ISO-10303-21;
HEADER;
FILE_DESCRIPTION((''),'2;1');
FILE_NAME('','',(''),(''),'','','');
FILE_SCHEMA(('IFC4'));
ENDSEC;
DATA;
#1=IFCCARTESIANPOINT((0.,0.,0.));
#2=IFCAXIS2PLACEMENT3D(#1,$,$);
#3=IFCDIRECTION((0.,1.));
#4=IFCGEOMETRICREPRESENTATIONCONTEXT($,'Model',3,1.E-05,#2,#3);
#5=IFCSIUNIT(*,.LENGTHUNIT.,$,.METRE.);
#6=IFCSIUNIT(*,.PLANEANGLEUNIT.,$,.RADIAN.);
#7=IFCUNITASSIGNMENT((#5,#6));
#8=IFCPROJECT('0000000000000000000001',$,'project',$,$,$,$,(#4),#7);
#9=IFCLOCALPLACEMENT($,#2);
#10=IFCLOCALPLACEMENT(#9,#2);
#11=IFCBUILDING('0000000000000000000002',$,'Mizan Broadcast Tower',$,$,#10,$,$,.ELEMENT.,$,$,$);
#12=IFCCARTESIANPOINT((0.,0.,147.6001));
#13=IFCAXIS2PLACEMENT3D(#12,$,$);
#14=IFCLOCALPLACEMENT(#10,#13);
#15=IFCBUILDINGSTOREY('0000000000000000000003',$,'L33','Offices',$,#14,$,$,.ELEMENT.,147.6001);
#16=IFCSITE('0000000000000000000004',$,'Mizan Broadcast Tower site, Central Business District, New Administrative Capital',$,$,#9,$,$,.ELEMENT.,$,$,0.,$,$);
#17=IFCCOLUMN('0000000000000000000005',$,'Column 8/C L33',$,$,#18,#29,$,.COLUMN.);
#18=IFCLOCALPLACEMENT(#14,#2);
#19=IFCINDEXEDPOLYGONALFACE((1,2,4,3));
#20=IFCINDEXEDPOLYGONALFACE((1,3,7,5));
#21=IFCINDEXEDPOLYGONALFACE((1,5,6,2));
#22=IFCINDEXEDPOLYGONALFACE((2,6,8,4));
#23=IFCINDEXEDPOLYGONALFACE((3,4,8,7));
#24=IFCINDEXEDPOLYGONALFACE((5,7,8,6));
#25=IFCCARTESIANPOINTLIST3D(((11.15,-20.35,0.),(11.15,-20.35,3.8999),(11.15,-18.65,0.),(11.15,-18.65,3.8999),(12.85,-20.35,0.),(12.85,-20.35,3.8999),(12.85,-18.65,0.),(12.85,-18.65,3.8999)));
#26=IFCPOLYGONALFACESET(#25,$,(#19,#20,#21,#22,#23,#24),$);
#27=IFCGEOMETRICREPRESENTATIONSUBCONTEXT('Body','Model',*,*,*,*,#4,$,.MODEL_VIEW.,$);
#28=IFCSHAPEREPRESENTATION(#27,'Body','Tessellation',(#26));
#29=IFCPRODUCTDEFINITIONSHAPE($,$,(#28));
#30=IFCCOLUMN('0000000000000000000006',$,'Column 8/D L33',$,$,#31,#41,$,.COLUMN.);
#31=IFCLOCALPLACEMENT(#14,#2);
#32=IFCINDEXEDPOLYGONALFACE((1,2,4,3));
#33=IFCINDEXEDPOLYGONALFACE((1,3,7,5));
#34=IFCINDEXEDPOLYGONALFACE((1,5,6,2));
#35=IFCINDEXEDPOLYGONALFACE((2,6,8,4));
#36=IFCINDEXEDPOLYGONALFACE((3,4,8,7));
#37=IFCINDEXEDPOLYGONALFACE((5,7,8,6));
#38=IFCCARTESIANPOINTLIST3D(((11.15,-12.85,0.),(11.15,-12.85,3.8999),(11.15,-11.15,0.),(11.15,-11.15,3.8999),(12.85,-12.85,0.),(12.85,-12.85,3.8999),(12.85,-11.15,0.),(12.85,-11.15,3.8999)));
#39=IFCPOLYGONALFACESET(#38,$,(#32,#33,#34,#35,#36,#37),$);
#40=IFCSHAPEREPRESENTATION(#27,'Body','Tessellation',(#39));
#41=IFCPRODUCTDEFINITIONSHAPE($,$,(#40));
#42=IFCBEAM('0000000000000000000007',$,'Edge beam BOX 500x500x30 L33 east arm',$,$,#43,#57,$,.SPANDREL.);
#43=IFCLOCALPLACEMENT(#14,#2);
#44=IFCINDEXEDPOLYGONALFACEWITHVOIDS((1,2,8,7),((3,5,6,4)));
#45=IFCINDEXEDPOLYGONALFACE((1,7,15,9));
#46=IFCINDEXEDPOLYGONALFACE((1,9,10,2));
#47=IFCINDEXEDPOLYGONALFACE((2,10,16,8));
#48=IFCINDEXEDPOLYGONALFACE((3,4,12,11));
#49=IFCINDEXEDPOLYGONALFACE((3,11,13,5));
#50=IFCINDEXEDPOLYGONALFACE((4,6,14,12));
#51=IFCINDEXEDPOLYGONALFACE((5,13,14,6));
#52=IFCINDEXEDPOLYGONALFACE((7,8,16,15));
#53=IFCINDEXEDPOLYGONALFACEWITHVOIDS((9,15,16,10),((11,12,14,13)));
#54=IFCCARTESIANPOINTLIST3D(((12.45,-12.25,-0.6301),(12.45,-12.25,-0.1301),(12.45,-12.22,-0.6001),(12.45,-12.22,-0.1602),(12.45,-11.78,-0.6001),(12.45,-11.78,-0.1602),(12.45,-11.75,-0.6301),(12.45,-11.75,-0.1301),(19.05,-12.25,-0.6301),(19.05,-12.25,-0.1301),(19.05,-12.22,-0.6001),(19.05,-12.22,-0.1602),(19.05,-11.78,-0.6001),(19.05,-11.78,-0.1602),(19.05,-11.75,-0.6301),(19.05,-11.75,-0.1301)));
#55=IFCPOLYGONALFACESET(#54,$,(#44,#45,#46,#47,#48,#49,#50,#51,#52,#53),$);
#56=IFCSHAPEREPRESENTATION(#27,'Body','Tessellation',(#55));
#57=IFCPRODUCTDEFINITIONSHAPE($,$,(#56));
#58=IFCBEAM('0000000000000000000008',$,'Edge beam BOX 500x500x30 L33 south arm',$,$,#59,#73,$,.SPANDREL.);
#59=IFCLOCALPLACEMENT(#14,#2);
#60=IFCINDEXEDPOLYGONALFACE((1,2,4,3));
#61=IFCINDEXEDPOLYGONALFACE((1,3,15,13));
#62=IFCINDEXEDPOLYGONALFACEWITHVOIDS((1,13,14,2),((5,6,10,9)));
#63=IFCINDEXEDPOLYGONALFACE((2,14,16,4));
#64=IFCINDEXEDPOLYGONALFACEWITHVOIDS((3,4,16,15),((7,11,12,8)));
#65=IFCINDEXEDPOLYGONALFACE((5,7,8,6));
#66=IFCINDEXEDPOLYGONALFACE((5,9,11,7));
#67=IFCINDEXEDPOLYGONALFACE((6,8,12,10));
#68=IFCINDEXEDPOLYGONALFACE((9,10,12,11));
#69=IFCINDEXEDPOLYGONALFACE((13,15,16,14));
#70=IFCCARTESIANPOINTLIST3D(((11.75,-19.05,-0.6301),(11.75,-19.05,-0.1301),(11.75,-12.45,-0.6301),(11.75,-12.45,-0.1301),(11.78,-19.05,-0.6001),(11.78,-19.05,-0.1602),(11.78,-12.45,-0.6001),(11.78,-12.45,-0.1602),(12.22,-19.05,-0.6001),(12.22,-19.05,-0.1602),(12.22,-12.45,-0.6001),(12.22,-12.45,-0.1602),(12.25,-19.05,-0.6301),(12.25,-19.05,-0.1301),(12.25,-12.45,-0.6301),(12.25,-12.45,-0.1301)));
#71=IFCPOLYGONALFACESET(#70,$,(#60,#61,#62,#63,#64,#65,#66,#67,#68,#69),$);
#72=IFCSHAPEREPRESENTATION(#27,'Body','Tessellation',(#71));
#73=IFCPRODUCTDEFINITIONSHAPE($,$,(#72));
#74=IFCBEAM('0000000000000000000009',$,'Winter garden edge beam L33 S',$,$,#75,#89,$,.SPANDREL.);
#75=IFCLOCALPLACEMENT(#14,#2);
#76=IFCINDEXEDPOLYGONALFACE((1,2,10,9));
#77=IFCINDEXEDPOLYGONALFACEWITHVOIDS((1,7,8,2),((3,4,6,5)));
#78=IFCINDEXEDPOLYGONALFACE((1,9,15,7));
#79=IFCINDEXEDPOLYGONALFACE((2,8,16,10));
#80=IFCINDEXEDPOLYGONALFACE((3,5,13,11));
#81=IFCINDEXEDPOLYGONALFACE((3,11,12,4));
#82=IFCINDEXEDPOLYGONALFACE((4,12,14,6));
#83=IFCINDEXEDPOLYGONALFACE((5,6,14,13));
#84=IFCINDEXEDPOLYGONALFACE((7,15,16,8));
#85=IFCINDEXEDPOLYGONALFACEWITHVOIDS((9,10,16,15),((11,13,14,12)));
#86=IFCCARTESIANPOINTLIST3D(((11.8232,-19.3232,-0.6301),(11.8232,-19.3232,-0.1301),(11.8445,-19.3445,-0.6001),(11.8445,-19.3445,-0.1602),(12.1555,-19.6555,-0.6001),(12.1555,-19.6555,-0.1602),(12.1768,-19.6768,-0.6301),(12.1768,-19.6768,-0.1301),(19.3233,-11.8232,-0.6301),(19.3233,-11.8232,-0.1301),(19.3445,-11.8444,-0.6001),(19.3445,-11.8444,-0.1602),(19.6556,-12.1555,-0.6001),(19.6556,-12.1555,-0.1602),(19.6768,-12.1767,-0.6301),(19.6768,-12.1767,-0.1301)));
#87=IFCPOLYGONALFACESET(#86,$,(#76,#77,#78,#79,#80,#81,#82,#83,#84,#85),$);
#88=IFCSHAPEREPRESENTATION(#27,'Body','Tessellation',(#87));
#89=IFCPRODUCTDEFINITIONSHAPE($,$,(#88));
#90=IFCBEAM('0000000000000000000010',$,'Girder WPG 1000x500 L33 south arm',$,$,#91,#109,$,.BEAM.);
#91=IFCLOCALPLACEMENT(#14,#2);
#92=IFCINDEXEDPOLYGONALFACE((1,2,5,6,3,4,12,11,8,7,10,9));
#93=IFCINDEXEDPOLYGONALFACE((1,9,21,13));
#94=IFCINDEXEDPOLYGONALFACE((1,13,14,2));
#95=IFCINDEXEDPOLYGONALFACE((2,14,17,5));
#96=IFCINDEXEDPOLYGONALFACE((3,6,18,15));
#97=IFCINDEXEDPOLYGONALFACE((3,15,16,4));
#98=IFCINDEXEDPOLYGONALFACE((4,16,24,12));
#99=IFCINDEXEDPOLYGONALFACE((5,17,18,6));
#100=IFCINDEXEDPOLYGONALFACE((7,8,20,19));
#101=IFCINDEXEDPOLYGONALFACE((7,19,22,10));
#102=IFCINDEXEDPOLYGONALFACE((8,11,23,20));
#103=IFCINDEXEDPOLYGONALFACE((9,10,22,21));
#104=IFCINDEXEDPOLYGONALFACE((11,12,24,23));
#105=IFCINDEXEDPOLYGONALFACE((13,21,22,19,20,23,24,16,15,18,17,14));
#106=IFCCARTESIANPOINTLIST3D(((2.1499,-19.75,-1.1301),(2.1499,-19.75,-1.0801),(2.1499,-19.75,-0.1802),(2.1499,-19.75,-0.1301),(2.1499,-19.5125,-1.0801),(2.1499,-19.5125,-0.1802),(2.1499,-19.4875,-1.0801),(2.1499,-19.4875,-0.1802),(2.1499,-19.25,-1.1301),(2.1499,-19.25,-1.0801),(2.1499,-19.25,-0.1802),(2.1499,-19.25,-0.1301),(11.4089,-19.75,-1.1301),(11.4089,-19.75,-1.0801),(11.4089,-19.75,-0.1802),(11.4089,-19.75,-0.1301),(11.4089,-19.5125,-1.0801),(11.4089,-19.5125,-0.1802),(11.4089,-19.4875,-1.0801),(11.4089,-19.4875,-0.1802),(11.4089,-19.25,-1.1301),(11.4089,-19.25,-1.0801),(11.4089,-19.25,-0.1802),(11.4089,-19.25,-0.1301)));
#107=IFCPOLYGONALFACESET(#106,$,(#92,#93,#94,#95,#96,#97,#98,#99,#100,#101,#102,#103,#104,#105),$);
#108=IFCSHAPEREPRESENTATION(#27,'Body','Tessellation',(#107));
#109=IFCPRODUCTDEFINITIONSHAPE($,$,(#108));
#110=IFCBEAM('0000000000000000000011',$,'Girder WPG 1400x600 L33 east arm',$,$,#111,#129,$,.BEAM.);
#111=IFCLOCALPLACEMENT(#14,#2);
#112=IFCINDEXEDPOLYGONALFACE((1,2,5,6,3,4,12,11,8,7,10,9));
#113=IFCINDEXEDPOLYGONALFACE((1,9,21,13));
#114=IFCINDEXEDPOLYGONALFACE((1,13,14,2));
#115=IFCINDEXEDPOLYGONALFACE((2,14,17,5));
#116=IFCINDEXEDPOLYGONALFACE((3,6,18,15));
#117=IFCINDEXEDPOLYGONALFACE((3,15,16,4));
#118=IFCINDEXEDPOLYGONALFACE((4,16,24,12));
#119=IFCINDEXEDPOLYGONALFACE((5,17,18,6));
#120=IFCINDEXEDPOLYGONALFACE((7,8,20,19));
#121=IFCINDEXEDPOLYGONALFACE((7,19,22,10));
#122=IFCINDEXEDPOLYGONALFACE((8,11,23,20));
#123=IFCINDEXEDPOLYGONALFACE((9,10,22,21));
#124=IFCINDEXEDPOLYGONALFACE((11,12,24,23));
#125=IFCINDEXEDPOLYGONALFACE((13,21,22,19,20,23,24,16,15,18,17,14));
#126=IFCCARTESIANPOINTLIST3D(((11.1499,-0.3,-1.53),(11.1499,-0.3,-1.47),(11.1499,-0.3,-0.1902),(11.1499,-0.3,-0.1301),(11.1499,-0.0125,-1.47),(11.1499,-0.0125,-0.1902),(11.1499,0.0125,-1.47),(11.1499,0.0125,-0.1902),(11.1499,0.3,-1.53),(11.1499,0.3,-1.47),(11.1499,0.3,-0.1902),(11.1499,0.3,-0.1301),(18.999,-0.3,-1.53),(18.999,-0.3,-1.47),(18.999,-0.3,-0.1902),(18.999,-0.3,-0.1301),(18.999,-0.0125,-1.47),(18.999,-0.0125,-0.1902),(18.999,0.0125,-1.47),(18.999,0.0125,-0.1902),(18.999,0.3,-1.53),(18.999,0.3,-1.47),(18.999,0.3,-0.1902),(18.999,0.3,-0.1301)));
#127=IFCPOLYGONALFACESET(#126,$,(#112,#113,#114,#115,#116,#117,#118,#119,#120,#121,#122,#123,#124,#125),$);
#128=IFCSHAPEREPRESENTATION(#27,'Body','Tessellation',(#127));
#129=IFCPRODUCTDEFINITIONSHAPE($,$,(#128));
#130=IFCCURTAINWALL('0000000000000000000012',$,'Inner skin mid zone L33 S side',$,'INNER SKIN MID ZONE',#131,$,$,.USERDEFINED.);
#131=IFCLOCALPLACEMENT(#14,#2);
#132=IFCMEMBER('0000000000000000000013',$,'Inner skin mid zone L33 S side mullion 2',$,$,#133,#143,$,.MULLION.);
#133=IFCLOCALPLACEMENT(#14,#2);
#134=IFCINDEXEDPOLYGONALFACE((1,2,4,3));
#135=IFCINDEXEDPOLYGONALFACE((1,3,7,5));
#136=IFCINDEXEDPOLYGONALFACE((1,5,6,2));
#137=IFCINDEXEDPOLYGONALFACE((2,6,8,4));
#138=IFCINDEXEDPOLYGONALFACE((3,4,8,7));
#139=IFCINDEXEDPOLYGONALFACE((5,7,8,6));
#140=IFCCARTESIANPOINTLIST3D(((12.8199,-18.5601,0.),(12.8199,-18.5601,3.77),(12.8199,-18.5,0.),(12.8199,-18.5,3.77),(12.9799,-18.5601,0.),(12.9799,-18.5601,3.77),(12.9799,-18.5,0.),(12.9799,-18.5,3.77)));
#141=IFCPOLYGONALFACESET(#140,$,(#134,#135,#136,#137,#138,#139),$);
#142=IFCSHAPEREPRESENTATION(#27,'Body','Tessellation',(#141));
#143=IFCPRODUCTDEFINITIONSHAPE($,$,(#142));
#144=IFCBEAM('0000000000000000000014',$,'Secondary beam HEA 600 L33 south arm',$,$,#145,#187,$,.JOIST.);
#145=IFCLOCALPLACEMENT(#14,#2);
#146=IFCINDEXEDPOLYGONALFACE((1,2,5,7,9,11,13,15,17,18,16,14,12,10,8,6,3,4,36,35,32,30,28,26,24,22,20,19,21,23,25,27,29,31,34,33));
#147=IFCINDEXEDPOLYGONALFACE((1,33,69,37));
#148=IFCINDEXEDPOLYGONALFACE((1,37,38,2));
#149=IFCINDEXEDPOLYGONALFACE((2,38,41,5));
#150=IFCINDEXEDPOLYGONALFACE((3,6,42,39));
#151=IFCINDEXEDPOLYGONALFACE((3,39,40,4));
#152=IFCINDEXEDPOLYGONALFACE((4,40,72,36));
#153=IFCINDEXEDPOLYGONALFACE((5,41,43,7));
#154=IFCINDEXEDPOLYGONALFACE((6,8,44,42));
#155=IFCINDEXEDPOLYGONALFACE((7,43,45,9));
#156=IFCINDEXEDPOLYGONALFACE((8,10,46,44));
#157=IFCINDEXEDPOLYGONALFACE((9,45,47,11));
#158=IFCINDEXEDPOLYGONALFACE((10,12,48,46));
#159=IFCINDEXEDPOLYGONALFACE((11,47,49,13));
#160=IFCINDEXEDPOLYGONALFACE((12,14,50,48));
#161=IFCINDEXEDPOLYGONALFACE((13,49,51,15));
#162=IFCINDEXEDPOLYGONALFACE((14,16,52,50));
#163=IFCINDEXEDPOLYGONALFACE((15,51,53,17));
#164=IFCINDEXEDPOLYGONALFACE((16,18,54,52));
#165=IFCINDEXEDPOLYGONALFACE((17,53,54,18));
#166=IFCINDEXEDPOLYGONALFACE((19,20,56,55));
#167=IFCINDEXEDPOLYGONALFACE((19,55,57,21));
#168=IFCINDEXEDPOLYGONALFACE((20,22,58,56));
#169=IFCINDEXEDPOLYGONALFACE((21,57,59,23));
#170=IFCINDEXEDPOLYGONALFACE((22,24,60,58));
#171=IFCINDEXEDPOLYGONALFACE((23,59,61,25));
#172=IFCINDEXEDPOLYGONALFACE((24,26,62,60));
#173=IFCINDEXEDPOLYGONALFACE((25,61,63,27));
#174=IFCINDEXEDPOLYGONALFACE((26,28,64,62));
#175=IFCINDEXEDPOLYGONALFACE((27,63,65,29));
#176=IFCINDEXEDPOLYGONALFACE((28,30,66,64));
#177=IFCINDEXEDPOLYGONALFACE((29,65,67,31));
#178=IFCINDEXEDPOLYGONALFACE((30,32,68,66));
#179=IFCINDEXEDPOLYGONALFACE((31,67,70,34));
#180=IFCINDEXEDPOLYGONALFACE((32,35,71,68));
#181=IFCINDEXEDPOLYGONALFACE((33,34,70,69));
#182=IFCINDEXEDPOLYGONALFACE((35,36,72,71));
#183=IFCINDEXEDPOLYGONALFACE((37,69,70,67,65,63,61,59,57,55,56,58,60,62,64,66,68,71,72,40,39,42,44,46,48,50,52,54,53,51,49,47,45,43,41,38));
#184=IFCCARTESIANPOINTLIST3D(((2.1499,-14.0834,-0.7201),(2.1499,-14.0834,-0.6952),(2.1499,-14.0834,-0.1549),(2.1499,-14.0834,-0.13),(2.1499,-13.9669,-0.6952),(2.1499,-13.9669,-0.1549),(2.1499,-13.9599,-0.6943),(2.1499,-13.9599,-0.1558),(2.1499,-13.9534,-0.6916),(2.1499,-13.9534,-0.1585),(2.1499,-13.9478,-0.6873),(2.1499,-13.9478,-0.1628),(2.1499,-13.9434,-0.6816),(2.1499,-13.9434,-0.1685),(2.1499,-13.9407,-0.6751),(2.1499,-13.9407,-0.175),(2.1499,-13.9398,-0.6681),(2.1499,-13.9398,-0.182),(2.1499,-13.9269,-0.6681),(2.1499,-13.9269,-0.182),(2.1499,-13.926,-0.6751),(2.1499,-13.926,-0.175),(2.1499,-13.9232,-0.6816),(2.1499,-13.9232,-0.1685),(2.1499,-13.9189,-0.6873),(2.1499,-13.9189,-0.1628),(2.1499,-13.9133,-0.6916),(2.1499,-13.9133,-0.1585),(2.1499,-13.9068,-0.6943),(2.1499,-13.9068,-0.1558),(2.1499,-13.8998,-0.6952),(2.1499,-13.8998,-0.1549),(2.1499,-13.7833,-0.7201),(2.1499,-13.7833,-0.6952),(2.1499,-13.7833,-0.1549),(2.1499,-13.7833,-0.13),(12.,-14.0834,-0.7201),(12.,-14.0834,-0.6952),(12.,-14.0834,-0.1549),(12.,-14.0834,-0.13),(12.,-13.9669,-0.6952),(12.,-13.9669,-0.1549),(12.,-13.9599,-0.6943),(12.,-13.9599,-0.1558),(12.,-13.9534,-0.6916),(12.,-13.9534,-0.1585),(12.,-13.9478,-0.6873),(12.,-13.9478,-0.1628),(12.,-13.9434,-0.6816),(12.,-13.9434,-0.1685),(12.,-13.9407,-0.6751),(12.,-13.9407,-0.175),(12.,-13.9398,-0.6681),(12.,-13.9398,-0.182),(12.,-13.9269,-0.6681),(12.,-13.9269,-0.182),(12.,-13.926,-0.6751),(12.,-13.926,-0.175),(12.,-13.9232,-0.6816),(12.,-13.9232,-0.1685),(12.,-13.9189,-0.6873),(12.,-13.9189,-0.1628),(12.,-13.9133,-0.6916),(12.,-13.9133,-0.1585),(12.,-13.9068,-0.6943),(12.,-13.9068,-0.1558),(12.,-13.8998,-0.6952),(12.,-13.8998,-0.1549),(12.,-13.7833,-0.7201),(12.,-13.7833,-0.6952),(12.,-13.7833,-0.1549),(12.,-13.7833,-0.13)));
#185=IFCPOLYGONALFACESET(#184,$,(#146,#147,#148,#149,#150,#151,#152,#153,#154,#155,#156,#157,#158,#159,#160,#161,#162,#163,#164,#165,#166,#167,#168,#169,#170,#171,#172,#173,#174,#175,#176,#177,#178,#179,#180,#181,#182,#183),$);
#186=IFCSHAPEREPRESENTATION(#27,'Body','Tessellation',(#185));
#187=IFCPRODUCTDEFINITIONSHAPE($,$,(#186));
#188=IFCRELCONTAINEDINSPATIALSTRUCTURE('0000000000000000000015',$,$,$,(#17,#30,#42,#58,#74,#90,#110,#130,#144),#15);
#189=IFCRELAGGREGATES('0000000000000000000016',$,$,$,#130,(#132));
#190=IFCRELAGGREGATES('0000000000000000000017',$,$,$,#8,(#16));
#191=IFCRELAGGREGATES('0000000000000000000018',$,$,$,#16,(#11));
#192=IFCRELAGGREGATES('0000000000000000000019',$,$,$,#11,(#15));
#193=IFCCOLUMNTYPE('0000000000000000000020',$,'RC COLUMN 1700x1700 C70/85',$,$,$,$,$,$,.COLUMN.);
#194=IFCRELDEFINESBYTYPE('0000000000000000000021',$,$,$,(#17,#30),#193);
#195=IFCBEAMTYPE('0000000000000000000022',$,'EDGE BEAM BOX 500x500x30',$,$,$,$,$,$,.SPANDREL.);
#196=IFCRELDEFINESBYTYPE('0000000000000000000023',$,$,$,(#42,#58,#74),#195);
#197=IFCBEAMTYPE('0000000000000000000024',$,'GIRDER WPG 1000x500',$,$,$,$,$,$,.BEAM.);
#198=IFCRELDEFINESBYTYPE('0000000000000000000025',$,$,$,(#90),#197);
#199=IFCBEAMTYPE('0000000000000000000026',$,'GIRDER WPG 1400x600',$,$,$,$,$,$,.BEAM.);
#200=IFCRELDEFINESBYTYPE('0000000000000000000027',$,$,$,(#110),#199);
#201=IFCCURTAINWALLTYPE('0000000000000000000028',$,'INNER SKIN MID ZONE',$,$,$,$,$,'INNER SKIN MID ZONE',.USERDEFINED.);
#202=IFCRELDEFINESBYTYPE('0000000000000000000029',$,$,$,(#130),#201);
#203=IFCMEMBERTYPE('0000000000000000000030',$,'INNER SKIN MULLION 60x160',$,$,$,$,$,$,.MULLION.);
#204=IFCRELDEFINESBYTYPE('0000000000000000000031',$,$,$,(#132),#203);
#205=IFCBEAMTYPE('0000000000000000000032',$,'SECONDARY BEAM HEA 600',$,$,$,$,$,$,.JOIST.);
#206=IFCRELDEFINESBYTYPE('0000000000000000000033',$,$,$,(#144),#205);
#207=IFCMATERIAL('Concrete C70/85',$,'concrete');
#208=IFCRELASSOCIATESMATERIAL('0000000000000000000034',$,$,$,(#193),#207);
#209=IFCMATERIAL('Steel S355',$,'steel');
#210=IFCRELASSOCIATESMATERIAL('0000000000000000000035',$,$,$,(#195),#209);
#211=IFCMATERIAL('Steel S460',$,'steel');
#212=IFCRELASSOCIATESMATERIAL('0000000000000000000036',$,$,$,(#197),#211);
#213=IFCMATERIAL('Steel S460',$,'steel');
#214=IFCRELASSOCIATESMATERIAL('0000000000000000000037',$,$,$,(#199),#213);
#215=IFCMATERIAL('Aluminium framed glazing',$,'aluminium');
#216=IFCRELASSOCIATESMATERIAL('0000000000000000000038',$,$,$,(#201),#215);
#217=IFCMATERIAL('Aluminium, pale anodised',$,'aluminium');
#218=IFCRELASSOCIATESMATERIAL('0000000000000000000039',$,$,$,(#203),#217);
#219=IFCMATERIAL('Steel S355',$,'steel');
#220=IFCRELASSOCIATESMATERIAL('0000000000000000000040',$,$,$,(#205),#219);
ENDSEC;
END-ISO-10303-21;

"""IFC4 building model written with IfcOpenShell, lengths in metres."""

from ifc_helpers import new_model, si_unit, direction, frame, origin, origin_2d, place, context, subcontext, project, spatial, rectangle, hollow_rectangle, i_section, extrude, material, material_profile, profile_set, type_object, element, aggregate, save


model = new_model("IFC4")

# Units and contexts
model_context = context("Model", 3, precision=1e-05, world=origin(), true_north=direction((0.0, 1.0)))
body_context = subcontext(model_context, "Body", "Model", "MODEL_VIEW")
ifc_project = project(units=[si_unit("LENGTHUNIT", "METRE"), si_unit("PLANEANGLEUNIT", "RADIAN")], contexts=[model_context])

# Site, building, storey
site_placement = place(None, origin())
site = spatial("IfcSite", under=ifc_project, at=site_placement, Name="Mizan Broadcast Tower site, Central Business District, New Administrative Capital", CompositionType="ELEMENT", RefElevation=0.0)
building_placement = place(site_placement, origin())
building = spatial("IfcBuilding", under=site, at=building_placement, Name="Mizan Broadcast Tower", CompositionType="ELEMENT")
storey_placement = place(building_placement, frame((0.0, 0.0, 147.6001)))
storey = spatial("IfcBuildingStorey", under=building, at=storey_placement, Name="L33", Description="Offices", CompositionType="ELEMENT", Elevation=147.6001)

# Columns
ifc_material_1 = material(Name="Concrete C70/85", Category="concrete")
ifc_material_profile_1 = material_profile(ifc_material_1, rectangle(XDim=1.7, YDim=1.7, at=origin_2d()), Name="RC 1700x1700")
ifc_profile_set_1 = profile_set([ifc_material_profile_1], Name="Concrete C70/85")
column_type = type_object("IfcColumnType", Name="RC COLUMN 1700x1700 C70/85", PredefinedType="COLUMN", material=ifc_profile_set_1)
for number, where, z_axis, x_axis, name in (
    (1, (12.0, -19.5, 0.0), (0.0, 0.0, 1.0), (1.0, 0.0, 0.0), "Column 8/C L33"),
    (2, (12.0, -12.0, 0.0), (0.0, 0.0, 1.0), (1.0, 0.0, 0.0), "Column 8/D L33"),
):
    element("IfcColumn", number, at=place(storey_placement, frame(where, z_axis=z_axis, x_axis=x_axis)), inside=storey, type_object=column_type, Name=name, PredefinedType="COLUMN", context=body_context, shape_type="SweptSolid", body=[
        extrude(rectangle(XDim=1.7, YDim=1.7, at=origin_2d()), origin(), (0.0, 0.0, 1.0), 3.8999),
    ])

# Beams
ifc_material_2 = material(Name="Steel S355", Category="steel")
ifc_material_profile_2 = material_profile(ifc_material_2, hollow_rectangle(XDim=0.5, YDim=0.5, WallThickness=0.03, at=origin_2d()), Name="BOX 500x500x30")
ifc_profile_set_2 = profile_set([ifc_material_profile_2], Name="Steel S355")
beam_type_1 = type_object("IfcBeamType", Name="EDGE BEAM BOX 500x500x30", PredefinedType="SPANDREL", material=ifc_profile_set_2)
for number, where, z_axis, x_axis, name in (
    (3, (12.45, -12.0, -0.3801), (1.0, 0.0, 0.0), (0.0, 1.0, 0.0), "Edge beam BOX 500x500x30 L33 east arm"),
    (4, (12.0, -12.45, -0.3801), (0.0, -1.0, 0.0), (1.0, 0.0, 0.0), "Edge beam BOX 500x500x30 L33 south arm"),
):
    element("IfcBeam", number, at=place(storey_placement, frame(where, z_axis=z_axis, x_axis=x_axis)), inside=storey, type_object=beam_type_1, Name=name, PredefinedType="SPANDREL", context=body_context, shape_type="SweptSolid", body=[
        extrude(hollow_rectangle(XDim=0.5, YDim=0.5, WallThickness=0.03, at=origin_2d()), origin(), (0.0, 0.0, 1.0), 6.6001),
    ])
beam_1_placement = place(storey_placement, frame((12.0, -19.5, -0.3801), z_axis=(0.707107, 0.707107, 0.0), x_axis=(-0.707107, 0.707107, 0.0)))
element("IfcBeam", 5, at=beam_1_placement, inside=storey, type_object=beam_type_1, Name="Winter garden edge beam L33 S", PredefinedType="SPANDREL", context=body_context, shape_type="SweptSolid", body=[
    extrude(hollow_rectangle(XDim=0.5, YDim=0.5, WallThickness=0.03, at=origin_2d()), origin(), (0.0, 0.0, 1.0), 10.6067),
])
ifc_material_3 = material(Name="Steel S460", Category="steel")
ifc_material_profile_3 = material_profile(ifc_material_3, i_section(OverallWidth=0.5, OverallDepth=1.0, WebThickness=0.0249, FlangeThickness=0.05, at=origin_2d()), Name="WPG 1000x500")
ifc_profile_set_3 = profile_set([ifc_material_profile_3], Name="Steel S460")
beam_type_2 = type_object("IfcBeamType", Name="GIRDER WPG 1000x500", PredefinedType="BEAM", material=ifc_profile_set_3)
beam_2_placement = place(storey_placement, frame((11.4089, -19.5, -0.6301), z_axis=(-1.0, 0.0, 0.0), x_axis=(0.0, -1.0, 0.0)))
element("IfcBeam", 6, at=beam_2_placement, inside=storey, type_object=beam_type_2, Name="Girder WPG 1000x500 L33 south arm", PredefinedType="BEAM", context=body_context, shape_type="SweptSolid", body=[
    extrude(i_section(OverallWidth=0.5, OverallDepth=1.0, WebThickness=0.0249, FlangeThickness=0.05, at=origin_2d()), origin(), (0.0, 0.0, 1.0), 9.259),
])
ifc_material_4 = material(Name="Steel S460", Category="steel")
ifc_material_profile_4 = material_profile(ifc_material_4, i_section(OverallWidth=0.6001, OverallDepth=1.3999, WebThickness=0.0249, FlangeThickness=0.0601, at=origin_2d()), Name="WPG 1400x600")
ifc_profile_set_4 = profile_set([ifc_material_profile_4], Name="Steel S460")
beam_type_3 = type_object("IfcBeamType", Name="GIRDER WPG 1400x600", PredefinedType="BEAM", material=ifc_profile_set_4)
beam_3_placement = place(storey_placement, frame((11.1499, 0.0, -0.8301), z_axis=(1.0, 0.0, 0.0), x_axis=(0.0, 1.0, 0.0)))
element("IfcBeam", 7, at=beam_3_placement, inside=storey, type_object=beam_type_3, Name="Girder WPG 1400x600 L33 east arm", PredefinedType="BEAM", context=body_context, shape_type="SweptSolid", body=[
    extrude(i_section(OverallWidth=0.6001, OverallDepth=1.3999, WebThickness=0.0249, FlangeThickness=0.0601, at=origin_2d()), origin(), (0.0, 0.0, 1.0), 7.8491),
])

# Curtain wall, member
ifc_material_5 = material(Name="Aluminium framed glazing", Category="aluminium")
curtain_wall_type = type_object("IfcCurtainWallType", Name="INNER SKIN MID ZONE", ElementType="INNER SKIN MID ZONE", PredefinedType="USERDEFINED", material=ifc_material_5)
curtain_wall_placement = place(storey_placement, origin())
curtain_wall = element("IfcCurtainWall", 8, at=curtain_wall_placement, inside=storey, type_object=curtain_wall_type, Name="Inner skin mid zone L33 S side", ObjectType="INNER SKIN MID ZONE", PredefinedType="USERDEFINED")
ifc_material_6 = material(Name="Aluminium, pale anodised", Category="aluminium")
ifc_material_profile_5 = material_profile(ifc_material_6, rectangle(XDim=0.1599, YDim=0.0601, at=origin_2d()), Name="MULLION 160x60")
ifc_profile_set_5 = profile_set([ifc_material_profile_5], Name="Aluminium, pale anodised")
member_type = type_object("IfcMemberType", Name="INNER SKIN MULLION 60x160", PredefinedType="MULLION", material=ifc_profile_set_5)
member_placement = place(storey_placement, frame((12.8999, -18.53, 0.0), z_axis=(0.0, 0.0, 1.0), x_axis=(-1.0, 0.0, 0.0)))
member = element("IfcMember", 9, at=member_placement, type_object=member_type, Name="Inner skin mid zone L33 S side mullion 2", PredefinedType="MULLION", context=body_context, shape_type="SweptSolid", body=[
    extrude(rectangle(XDim=0.1599, YDim=0.0601, at=origin_2d()), origin(), (0.0, 0.0, 1.0), 3.77),
])
aggregate(curtain_wall, [member])

# Beam
ifc_material_7 = material(Name="Steel S355", Category="steel")
ifc_material_profile_6 = material_profile(ifc_material_7, i_section(OverallWidth=0.3, OverallDepth=0.5901, WebThickness=0.0129, FlangeThickness=0.0249, FilletRadius=0.0271, at=origin_2d()), Name="HEA 600")
ifc_profile_set_6 = profile_set([ifc_material_profile_6], Name="Steel S355")
beam_type_4 = type_object("IfcBeamType", Name="SECONDARY BEAM HEA 600", PredefinedType="JOIST", material=ifc_profile_set_6)
for number, where, z_axis, x_axis, name in (
    (10, (12.0, -13.9333, -0.425), (-1.0, 0.0, 0.0), (0.0, -1.0, 0.0), "Secondary beam HEA 600 L33 south arm"),
):
    element("IfcBeam", number, at=place(storey_placement, frame(where, z_axis=z_axis, x_axis=x_axis)), inside=storey, type_object=beam_type_4, Name=name, PredefinedType="JOIST", context=body_context, shape_type="SweptSolid", body=[
        extrude(i_section(OverallWidth=0.3, OverallDepth=0.5901, WebThickness=0.0129, FlangeThickness=0.0249, FilletRadius=0.0271, at=origin_2d()), origin(), (0.0, 0.0, 1.0), 9.8501),
    ])

save(model, "model.ifc")
